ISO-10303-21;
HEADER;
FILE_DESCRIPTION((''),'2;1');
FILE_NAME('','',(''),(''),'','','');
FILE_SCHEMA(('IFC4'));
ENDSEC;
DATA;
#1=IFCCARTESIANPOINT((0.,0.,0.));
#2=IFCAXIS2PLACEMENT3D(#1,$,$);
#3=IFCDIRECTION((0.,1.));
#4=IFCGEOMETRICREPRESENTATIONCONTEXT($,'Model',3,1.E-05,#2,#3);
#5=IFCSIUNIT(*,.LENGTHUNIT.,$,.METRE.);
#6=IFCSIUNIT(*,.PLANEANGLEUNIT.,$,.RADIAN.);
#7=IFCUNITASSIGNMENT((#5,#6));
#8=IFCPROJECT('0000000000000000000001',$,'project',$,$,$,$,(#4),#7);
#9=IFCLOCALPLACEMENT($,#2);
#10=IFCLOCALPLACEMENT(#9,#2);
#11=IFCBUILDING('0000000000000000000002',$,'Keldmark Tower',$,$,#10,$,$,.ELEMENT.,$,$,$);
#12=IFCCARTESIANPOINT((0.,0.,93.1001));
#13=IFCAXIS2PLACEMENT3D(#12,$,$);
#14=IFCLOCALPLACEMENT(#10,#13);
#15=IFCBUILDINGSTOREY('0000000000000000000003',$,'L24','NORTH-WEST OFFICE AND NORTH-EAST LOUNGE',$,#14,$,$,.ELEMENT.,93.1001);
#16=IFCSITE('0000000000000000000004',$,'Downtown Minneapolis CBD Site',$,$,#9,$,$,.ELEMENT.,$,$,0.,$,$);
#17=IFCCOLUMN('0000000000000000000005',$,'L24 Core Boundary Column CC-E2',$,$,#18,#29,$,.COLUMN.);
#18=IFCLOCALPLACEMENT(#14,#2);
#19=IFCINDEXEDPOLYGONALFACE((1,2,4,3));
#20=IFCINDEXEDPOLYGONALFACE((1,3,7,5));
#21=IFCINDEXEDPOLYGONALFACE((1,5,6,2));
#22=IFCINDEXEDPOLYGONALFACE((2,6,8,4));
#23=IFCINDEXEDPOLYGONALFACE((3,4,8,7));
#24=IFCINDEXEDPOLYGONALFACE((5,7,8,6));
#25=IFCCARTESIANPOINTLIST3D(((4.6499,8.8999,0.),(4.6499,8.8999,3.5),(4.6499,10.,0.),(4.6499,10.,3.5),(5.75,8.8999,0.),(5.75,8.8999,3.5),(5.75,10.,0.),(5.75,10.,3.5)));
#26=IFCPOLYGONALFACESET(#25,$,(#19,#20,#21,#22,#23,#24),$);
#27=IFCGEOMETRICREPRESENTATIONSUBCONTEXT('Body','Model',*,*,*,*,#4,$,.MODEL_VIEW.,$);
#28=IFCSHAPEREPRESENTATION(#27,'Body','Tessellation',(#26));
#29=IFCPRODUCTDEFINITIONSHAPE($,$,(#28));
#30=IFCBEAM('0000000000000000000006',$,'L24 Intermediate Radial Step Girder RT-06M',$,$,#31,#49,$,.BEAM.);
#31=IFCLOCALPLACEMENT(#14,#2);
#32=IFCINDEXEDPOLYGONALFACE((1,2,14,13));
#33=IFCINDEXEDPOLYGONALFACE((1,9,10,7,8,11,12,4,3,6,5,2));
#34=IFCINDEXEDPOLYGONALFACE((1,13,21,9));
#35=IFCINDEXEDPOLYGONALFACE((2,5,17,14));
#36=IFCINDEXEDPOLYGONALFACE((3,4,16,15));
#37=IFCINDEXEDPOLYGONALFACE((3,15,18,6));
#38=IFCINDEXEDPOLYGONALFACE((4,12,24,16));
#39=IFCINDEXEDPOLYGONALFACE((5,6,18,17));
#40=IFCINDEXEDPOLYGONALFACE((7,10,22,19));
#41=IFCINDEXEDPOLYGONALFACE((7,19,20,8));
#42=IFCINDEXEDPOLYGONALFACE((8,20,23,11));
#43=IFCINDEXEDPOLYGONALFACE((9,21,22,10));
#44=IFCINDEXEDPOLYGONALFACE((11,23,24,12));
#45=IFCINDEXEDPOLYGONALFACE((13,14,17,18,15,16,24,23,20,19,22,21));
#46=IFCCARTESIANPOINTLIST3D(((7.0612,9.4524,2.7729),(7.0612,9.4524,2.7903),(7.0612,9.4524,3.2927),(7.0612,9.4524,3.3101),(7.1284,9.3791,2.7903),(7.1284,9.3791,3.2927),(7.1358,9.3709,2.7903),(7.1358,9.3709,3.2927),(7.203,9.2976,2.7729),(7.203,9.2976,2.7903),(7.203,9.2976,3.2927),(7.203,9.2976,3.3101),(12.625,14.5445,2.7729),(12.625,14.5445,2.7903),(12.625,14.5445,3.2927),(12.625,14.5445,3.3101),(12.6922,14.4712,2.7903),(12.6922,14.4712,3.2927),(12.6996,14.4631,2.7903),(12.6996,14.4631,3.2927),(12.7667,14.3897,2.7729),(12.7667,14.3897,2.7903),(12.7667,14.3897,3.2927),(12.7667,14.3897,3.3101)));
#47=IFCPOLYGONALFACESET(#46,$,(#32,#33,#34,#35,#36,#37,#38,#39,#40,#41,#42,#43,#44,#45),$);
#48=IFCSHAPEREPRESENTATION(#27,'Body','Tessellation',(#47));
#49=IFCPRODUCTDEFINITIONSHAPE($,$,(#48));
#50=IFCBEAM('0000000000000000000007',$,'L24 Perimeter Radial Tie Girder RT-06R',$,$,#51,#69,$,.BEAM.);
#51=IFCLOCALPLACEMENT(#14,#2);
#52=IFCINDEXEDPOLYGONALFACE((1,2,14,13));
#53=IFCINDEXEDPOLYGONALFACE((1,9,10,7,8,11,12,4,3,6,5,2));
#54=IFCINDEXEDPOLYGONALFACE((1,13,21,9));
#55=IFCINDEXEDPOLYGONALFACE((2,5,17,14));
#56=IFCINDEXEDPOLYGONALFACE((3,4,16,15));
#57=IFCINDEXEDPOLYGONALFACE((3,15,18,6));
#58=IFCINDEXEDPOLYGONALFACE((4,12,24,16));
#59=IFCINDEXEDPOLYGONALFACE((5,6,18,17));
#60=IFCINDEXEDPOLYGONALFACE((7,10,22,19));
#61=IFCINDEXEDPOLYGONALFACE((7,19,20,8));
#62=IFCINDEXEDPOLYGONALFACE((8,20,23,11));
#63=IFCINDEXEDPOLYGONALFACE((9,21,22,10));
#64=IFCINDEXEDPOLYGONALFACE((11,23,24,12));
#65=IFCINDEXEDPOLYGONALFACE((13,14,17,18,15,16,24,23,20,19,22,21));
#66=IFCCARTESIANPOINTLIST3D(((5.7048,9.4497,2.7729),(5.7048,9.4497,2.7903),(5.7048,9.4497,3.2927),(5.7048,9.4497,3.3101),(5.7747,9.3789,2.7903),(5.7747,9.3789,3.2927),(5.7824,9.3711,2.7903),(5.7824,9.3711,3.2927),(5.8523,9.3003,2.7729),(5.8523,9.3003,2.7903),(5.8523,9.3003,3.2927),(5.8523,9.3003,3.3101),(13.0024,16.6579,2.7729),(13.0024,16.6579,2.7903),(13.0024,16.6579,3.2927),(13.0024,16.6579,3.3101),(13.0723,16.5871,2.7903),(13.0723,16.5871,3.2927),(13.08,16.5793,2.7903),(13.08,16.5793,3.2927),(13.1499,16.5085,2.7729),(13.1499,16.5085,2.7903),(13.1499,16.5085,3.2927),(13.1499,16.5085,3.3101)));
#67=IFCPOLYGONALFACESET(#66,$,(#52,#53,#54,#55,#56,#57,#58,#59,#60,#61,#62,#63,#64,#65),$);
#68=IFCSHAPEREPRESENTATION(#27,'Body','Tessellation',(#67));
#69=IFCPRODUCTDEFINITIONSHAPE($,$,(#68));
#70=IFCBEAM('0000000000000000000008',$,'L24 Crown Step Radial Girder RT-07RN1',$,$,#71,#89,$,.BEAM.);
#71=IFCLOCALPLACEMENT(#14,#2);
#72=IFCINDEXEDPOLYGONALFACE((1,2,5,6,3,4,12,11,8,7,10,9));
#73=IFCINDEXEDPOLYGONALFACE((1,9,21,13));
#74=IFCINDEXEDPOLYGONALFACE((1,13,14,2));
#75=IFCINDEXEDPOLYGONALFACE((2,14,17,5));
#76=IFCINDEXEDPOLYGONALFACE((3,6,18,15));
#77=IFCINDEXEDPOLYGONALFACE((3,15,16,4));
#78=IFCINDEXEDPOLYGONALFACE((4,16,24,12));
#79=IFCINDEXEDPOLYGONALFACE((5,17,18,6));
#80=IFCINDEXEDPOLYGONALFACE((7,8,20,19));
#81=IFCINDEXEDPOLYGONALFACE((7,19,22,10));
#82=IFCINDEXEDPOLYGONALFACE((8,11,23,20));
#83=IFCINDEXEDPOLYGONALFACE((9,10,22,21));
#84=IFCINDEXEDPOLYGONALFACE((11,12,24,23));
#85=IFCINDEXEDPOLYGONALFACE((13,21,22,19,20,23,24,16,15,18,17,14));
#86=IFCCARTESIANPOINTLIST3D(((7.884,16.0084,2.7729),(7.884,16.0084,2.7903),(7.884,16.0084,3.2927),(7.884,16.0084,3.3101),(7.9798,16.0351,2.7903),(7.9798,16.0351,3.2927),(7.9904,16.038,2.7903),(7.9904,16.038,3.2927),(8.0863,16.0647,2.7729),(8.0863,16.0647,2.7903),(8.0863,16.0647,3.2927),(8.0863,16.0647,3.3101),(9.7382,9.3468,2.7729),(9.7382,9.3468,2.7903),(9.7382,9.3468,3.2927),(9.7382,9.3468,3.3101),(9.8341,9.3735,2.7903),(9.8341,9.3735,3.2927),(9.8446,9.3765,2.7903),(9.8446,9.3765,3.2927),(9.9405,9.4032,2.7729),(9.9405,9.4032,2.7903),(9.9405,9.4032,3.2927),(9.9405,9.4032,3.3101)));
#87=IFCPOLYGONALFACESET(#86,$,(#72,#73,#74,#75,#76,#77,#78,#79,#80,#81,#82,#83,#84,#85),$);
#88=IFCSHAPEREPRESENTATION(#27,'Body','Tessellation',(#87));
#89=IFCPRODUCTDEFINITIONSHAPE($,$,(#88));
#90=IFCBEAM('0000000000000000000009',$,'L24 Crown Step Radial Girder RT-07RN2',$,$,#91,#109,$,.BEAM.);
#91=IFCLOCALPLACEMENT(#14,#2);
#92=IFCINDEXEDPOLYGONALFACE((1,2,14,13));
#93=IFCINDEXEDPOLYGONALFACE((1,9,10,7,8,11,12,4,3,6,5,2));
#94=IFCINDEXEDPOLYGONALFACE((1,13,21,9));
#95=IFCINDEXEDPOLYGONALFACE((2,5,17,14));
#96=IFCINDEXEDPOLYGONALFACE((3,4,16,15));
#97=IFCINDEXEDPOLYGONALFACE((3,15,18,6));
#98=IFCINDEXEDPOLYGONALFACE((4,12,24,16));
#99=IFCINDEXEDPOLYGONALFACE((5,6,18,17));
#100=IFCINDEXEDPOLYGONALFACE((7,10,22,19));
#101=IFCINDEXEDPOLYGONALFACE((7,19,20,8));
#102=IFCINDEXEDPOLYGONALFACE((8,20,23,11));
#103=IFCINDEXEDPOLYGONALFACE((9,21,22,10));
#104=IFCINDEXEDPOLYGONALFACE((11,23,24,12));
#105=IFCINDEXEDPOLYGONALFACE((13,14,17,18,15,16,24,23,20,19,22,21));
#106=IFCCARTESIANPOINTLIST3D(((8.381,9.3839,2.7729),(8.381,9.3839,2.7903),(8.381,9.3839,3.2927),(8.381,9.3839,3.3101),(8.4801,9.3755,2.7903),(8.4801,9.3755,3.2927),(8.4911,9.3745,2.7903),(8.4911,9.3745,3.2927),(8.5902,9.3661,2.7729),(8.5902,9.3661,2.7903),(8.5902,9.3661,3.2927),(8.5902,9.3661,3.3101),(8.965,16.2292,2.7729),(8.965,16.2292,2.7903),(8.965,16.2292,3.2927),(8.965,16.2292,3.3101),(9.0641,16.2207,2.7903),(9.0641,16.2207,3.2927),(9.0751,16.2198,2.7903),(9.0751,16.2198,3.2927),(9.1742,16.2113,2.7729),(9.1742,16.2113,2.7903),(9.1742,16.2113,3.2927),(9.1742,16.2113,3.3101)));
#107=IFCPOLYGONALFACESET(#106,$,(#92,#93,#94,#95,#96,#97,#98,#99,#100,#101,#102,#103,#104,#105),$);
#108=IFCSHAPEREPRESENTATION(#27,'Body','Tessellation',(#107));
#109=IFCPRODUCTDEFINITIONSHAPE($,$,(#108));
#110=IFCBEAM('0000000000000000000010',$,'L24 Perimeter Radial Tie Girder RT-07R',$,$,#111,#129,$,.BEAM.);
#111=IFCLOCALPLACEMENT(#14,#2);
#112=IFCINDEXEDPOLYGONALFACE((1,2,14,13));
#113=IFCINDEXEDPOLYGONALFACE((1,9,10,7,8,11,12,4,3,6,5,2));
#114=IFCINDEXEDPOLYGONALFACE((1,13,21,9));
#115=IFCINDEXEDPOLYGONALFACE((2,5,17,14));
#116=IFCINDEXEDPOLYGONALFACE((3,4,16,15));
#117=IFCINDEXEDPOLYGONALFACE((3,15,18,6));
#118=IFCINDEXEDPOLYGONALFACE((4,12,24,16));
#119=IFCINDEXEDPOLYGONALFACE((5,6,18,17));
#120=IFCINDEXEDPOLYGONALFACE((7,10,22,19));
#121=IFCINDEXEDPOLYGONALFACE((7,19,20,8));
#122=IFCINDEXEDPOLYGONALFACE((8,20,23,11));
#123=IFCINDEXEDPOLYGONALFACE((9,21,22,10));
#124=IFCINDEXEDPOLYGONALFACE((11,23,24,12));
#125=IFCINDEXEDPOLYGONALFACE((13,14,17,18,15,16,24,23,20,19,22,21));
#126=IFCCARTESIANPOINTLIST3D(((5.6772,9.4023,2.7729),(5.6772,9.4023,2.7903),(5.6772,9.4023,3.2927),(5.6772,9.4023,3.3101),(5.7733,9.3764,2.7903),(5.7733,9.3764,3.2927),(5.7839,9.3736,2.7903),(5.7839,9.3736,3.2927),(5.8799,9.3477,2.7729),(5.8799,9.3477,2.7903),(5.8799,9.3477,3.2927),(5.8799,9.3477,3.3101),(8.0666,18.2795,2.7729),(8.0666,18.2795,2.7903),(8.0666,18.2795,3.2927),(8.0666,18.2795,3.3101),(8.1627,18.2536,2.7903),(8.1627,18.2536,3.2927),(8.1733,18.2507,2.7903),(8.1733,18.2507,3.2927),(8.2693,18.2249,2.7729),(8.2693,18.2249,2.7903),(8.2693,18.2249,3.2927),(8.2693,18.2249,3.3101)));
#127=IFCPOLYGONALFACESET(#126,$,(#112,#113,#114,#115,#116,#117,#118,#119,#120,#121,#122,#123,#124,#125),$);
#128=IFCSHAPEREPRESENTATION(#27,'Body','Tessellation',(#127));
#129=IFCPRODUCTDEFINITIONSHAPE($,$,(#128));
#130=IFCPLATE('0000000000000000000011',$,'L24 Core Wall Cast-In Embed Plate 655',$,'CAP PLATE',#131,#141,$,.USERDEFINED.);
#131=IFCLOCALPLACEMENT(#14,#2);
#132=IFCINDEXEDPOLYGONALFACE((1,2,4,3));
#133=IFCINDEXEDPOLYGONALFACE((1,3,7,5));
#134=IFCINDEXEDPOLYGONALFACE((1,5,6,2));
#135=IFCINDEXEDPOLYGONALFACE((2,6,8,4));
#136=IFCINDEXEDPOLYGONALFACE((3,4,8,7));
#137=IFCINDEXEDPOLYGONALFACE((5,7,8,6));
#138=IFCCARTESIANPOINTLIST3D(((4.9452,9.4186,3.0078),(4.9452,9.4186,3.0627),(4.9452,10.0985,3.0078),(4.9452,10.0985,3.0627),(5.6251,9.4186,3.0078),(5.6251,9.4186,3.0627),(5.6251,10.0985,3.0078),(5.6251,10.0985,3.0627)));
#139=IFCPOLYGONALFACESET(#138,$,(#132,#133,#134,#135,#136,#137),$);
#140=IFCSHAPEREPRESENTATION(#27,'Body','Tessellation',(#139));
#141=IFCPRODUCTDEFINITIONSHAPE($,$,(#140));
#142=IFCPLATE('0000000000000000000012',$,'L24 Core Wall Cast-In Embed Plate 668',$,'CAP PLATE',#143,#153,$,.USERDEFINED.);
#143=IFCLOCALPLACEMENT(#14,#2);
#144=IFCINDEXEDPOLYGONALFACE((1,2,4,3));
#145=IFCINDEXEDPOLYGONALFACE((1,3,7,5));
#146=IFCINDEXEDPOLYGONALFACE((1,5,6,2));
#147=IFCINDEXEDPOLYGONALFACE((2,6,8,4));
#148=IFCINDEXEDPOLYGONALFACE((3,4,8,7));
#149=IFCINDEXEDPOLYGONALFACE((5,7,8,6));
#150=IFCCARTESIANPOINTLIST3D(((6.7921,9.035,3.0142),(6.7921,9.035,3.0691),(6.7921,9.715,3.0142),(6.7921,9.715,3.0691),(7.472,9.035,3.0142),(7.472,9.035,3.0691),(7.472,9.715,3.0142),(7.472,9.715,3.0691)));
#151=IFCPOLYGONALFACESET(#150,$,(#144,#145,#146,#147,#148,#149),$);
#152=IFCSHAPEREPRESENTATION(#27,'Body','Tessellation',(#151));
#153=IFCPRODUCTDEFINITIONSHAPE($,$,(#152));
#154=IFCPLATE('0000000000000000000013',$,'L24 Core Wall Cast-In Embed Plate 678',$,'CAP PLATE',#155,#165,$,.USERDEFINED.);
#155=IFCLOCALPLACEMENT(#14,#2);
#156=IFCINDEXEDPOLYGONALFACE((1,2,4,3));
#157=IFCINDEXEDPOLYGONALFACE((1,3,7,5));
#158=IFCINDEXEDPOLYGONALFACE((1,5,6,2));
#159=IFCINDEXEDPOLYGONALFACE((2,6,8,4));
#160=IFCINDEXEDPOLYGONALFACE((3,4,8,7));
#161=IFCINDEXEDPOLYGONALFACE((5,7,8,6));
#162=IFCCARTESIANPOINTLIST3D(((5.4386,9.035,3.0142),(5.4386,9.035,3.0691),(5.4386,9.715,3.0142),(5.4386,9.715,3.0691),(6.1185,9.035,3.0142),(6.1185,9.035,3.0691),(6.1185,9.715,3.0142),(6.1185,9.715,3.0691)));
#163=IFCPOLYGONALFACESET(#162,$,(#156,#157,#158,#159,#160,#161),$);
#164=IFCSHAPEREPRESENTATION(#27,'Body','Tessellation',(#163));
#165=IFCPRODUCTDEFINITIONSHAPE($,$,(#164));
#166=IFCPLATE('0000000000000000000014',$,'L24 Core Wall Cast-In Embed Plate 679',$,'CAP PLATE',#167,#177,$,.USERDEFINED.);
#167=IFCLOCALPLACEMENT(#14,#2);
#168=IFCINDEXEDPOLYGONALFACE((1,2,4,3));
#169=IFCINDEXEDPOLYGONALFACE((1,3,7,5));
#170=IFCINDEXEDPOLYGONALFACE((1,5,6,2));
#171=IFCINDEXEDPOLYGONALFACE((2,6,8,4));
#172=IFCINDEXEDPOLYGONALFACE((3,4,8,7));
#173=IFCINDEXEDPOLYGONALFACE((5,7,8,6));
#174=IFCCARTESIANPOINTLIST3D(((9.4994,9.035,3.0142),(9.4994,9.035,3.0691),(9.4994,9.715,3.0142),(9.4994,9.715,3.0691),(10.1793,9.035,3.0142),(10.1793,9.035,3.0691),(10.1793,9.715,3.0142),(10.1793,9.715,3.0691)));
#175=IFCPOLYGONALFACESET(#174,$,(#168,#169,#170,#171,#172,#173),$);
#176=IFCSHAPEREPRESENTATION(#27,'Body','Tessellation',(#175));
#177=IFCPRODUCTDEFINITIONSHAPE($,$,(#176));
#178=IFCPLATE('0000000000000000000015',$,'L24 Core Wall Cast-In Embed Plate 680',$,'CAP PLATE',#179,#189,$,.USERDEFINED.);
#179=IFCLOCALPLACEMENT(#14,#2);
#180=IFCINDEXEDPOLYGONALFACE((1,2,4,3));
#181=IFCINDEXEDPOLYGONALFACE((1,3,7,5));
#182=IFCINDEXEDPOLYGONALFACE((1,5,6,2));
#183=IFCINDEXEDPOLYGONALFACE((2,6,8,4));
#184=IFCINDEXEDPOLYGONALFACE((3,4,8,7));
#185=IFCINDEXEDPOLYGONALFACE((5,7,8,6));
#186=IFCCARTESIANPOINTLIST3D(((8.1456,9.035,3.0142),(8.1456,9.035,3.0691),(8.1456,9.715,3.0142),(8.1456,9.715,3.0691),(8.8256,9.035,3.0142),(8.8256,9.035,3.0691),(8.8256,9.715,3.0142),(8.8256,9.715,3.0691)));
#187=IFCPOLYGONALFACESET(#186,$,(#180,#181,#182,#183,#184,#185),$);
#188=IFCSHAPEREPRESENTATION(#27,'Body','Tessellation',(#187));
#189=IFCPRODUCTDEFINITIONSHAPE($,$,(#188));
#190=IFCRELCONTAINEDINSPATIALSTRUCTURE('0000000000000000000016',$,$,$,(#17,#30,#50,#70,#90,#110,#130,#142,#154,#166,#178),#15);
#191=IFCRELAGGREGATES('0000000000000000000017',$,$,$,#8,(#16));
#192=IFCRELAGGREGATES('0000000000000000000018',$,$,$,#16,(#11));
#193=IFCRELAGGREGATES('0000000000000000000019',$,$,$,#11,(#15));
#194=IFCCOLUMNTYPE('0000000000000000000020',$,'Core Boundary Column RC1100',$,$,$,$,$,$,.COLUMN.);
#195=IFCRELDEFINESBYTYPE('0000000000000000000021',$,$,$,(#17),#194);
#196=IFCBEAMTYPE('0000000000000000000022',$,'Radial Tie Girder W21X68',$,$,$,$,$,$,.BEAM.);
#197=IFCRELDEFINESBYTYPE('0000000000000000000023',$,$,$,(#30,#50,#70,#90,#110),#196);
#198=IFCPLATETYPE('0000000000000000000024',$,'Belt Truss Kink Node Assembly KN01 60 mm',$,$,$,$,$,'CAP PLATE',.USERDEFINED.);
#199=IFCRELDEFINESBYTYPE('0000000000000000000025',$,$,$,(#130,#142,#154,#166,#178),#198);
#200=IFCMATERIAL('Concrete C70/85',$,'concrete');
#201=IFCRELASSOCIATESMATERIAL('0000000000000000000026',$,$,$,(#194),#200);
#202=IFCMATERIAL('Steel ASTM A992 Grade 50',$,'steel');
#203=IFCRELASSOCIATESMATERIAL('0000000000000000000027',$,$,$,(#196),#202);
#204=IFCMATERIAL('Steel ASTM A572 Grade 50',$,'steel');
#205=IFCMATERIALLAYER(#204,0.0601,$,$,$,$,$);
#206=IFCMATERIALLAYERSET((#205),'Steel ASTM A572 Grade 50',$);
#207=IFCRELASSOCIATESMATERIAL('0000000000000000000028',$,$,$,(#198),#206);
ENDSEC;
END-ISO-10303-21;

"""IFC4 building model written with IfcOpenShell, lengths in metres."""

from ifc_helpers import new_model, si_unit, direction, frame, origin, origin_2d, place, context, subcontext, project, spatial, rectangle, i_section, extrude, material, layer, layer_set, material_profile, profile_set, type_object, element, save


model = new_model("IFC4")

# Units and contexts
model_context = context("Model", 3, precision=1e-05, world=origin(), true_north=direction((0.0, 1.0)))
body_context = subcontext(model_context, "Body", "Model", "MODEL_VIEW")
ifc_project = project(units=[si_unit("LENGTHUNIT", "METRE"), si_unit("PLANEANGLEUNIT", "RADIAN")], contexts=[model_context])

# Site, building, storey
site_placement = place(None, origin())
site = spatial("IfcSite", under=ifc_project, at=site_placement, Name="Downtown Minneapolis CBD Site", CompositionType="ELEMENT", RefElevation=0.0)
building_placement = place(site_placement, origin())
building = spatial("IfcBuilding", under=site, at=building_placement, Name="Keldmark Tower", CompositionType="ELEMENT")
storey_placement = place(building_placement, frame((0.0, 0.0, 93.1001)))
storey = spatial("IfcBuildingStorey", under=building, at=storey_placement, Name="L24", Description="NORTH-WEST OFFICE AND NORTH-EAST LOUNGE", CompositionType="ELEMENT", Elevation=93.1001)

# Column
ifc_material_1 = material(Name="Concrete C70/85", Category="concrete")
ifc_material_profile_1 = material_profile(ifc_material_1, rectangle(XDim=1.1001, YDim=1.1001, at=origin_2d()), Name="RC1100X1100")
ifc_profile_set_1 = profile_set([ifc_material_profile_1], Name="Concrete C70/85")
column_type = type_object("IfcColumnType", Name="Core Boundary Column RC1100", PredefinedType="COLUMN", material=ifc_profile_set_1)
column_placement = place(storey_placement, frame((5.2, 9.45, 0.0), z_axis=(0.0, 0.0, 1.0), x_axis=(1.0, 0.0, 0.0)))
element("IfcColumn", 1, at=column_placement, inside=storey, type_object=column_type, Name="L24 Core Boundary Column CC-E2", PredefinedType="COLUMN", context=body_context, shape_type="SweptSolid", body=[
    extrude(rectangle(XDim=1.1001, YDim=1.1001, at=origin_2d()), origin(), (0.0, 0.0, 1.0), 3.5),
])

# Beams
ifc_material_2 = material(Name="Steel ASTM A992 Grade 50", Category="steel")
ifc_material_profile_2 = material_profile(ifc_material_2, i_section(OverallWidth=0.21, OverallDepth=0.5371, WebThickness=0.011, FlangeThickness=0.0173, at=origin_2d()), Name="W21X68")
ifc_profile_set_2 = profile_set([ifc_material_profile_2], Name="Steel ASTM A992 Grade 50")
beam_type = type_object("IfcBeamType", Name="Radial Tie Girder W21X68", PredefinedType="BEAM", material=ifc_profile_set_2)
beam_1_placement = place(storey_placement, frame((7.1321, 9.375, 3.0415), z_axis=(0.737685, 0.675145, 0.0), x_axis=(-0.675145, 0.737685, 0.0)))
element("IfcBeam", 2, at=beam_1_placement, inside=storey, type_object=beam_type, Name="L24 Intermediate Radial Step Girder RT-06M", PredefinedType="BEAM", context=body_context, shape_type="SweptSolid", body=[
    extrude(i_section(OverallWidth=0.21, OverallDepth=0.5371, WebThickness=0.011, FlangeThickness=0.0173, at=origin_2d()), origin(), (0.0, 0.0, 1.0), 7.5422),
])
beam_2_placement = place(storey_placement, frame((5.7786, 9.375, 3.0415), z_axis=(0.711449, 0.702738, 0.0), x_axis=(-0.702738, 0.711449, 0.0)))
element("IfcBeam", 3, at=beam_2_placement, inside=storey, type_object=beam_type, Name="L24 Perimeter Radial Tie Girder RT-06R", PredefinedType="BEAM", context=body_context, shape_type="SweptSolid", body=[
    extrude(i_section(OverallWidth=0.21, OverallDepth=0.5371, WebThickness=0.011, FlangeThickness=0.0173, at=origin_2d()), origin(), (0.0, 0.0, 1.0), 10.2573),
])
beam_3_placement = place(storey_placement, frame((9.8394, 9.375, 3.0415), z_axis=(-0.268154, 0.963376, 0.0), x_axis=(-0.963376, -0.268154, 0.0)))
element("IfcBeam", 4, at=beam_3_placement, inside=storey, type_object=beam_type, Name="L24 Crown Step Radial Girder RT-07RN1", PredefinedType="BEAM", context=body_context, shape_type="SweptSolid", body=[
    extrude(i_section(OverallWidth=0.21, OverallDepth=0.5371, WebThickness=0.011, FlangeThickness=0.0173, at=origin_2d()), origin(), (0.0, 0.0, 1.0), 6.9148),
])
beam_4_placement = place(storey_placement, frame((8.4856, 9.375, 3.0415), z_axis=(0.085004, 0.996381, 0.0), x_axis=(-0.996381, 0.085004, 0.0)))
element("IfcBeam", 5, at=beam_4_placement, inside=storey, type_object=beam_type, Name="L24 Crown Step Radial Girder RT-07RN2", PredefinedType="BEAM", context=body_context, shape_type="SweptSolid", body=[
    extrude(i_section(OverallWidth=0.21, OverallDepth=0.5371, WebThickness=0.011, FlangeThickness=0.0173, at=origin_2d()), origin(), (0.0, 0.0, 1.0), 6.8701),
])
beam_5_placement = place(storey_placement, frame((5.7786, 9.375, 3.0415), z_axis=(0.259912, 0.965632, 0.0), x_axis=(-0.965632, 0.259912, 0.0)))
element("IfcBeam", 6, at=beam_5_placement, inside=storey, type_object=beam_type, Name="L24 Perimeter Radial Tie Girder RT-07R", PredefinedType="BEAM", context=body_context, shape_type="SweptSolid", body=[
    extrude(i_section(OverallWidth=0.21, OverallDepth=0.5371, WebThickness=0.011, FlangeThickness=0.0173, at=origin_2d()), origin(), (0.0, 0.0, 1.0), 9.1931),
])

# Plates
ifc_material_3 = material(Name="Steel ASTM A572 Grade 50", Category="steel")
ifc_layer_1 = layer(ifc_material_3, 0.0601)
ifc_layer_set_1 = layer_set([ifc_layer_1], Name="Steel ASTM A572 Grade 50")
plate_type = type_object("IfcPlateType", Name="Belt Truss Kink Node Assembly KN01 60 mm", ElementType="CAP PLATE", PredefinedType="USERDEFINED", material=ifc_layer_set_1)
for number, where, z_axis, x_axis, name in (
    (7, (5.2852, 9.7585, 3.0078), (0.0, 0.0, 1.0), (1.0, 0.0, 0.0), "L24 Core Wall Cast-In Embed Plate 655"),
    (8, (7.1321, 9.375, 3.0142), (0.0, 0.0, 1.0), (1.0, 0.0, 0.0), "L24 Core Wall Cast-In Embed Plate 668"),
    (9, (5.7786, 9.375, 3.0142), (0.0, 0.0, 1.0), (1.0, 0.0, 0.0), "L24 Core Wall Cast-In Embed Plate 678"),
    (10, (9.8394, 9.375, 3.0142), (0.0, 0.0, 1.0), (1.0, 0.0, 0.0), "L24 Core Wall Cast-In Embed Plate 679"),
    (11, (8.4856, 9.375, 3.0142), (0.0, 0.0, 1.0), (1.0, 0.0, 0.0), "L24 Core Wall Cast-In Embed Plate 680"),
):
    element("IfcPlate", number, at=place(storey_placement, frame(where, z_axis=z_axis, x_axis=x_axis)), inside=storey, type_object=plate_type, Name=name, ObjectType="CAP PLATE", PredefinedType="USERDEFINED", context=body_context, shape_type="SweptSolid", body=[
        extrude(rectangle(XDim=0.6799, YDim=0.6799, at=origin_2d()), origin(), (0.0, 0.0, 1.0), 0.0549),
    ])

save(model, "model.ifc")
